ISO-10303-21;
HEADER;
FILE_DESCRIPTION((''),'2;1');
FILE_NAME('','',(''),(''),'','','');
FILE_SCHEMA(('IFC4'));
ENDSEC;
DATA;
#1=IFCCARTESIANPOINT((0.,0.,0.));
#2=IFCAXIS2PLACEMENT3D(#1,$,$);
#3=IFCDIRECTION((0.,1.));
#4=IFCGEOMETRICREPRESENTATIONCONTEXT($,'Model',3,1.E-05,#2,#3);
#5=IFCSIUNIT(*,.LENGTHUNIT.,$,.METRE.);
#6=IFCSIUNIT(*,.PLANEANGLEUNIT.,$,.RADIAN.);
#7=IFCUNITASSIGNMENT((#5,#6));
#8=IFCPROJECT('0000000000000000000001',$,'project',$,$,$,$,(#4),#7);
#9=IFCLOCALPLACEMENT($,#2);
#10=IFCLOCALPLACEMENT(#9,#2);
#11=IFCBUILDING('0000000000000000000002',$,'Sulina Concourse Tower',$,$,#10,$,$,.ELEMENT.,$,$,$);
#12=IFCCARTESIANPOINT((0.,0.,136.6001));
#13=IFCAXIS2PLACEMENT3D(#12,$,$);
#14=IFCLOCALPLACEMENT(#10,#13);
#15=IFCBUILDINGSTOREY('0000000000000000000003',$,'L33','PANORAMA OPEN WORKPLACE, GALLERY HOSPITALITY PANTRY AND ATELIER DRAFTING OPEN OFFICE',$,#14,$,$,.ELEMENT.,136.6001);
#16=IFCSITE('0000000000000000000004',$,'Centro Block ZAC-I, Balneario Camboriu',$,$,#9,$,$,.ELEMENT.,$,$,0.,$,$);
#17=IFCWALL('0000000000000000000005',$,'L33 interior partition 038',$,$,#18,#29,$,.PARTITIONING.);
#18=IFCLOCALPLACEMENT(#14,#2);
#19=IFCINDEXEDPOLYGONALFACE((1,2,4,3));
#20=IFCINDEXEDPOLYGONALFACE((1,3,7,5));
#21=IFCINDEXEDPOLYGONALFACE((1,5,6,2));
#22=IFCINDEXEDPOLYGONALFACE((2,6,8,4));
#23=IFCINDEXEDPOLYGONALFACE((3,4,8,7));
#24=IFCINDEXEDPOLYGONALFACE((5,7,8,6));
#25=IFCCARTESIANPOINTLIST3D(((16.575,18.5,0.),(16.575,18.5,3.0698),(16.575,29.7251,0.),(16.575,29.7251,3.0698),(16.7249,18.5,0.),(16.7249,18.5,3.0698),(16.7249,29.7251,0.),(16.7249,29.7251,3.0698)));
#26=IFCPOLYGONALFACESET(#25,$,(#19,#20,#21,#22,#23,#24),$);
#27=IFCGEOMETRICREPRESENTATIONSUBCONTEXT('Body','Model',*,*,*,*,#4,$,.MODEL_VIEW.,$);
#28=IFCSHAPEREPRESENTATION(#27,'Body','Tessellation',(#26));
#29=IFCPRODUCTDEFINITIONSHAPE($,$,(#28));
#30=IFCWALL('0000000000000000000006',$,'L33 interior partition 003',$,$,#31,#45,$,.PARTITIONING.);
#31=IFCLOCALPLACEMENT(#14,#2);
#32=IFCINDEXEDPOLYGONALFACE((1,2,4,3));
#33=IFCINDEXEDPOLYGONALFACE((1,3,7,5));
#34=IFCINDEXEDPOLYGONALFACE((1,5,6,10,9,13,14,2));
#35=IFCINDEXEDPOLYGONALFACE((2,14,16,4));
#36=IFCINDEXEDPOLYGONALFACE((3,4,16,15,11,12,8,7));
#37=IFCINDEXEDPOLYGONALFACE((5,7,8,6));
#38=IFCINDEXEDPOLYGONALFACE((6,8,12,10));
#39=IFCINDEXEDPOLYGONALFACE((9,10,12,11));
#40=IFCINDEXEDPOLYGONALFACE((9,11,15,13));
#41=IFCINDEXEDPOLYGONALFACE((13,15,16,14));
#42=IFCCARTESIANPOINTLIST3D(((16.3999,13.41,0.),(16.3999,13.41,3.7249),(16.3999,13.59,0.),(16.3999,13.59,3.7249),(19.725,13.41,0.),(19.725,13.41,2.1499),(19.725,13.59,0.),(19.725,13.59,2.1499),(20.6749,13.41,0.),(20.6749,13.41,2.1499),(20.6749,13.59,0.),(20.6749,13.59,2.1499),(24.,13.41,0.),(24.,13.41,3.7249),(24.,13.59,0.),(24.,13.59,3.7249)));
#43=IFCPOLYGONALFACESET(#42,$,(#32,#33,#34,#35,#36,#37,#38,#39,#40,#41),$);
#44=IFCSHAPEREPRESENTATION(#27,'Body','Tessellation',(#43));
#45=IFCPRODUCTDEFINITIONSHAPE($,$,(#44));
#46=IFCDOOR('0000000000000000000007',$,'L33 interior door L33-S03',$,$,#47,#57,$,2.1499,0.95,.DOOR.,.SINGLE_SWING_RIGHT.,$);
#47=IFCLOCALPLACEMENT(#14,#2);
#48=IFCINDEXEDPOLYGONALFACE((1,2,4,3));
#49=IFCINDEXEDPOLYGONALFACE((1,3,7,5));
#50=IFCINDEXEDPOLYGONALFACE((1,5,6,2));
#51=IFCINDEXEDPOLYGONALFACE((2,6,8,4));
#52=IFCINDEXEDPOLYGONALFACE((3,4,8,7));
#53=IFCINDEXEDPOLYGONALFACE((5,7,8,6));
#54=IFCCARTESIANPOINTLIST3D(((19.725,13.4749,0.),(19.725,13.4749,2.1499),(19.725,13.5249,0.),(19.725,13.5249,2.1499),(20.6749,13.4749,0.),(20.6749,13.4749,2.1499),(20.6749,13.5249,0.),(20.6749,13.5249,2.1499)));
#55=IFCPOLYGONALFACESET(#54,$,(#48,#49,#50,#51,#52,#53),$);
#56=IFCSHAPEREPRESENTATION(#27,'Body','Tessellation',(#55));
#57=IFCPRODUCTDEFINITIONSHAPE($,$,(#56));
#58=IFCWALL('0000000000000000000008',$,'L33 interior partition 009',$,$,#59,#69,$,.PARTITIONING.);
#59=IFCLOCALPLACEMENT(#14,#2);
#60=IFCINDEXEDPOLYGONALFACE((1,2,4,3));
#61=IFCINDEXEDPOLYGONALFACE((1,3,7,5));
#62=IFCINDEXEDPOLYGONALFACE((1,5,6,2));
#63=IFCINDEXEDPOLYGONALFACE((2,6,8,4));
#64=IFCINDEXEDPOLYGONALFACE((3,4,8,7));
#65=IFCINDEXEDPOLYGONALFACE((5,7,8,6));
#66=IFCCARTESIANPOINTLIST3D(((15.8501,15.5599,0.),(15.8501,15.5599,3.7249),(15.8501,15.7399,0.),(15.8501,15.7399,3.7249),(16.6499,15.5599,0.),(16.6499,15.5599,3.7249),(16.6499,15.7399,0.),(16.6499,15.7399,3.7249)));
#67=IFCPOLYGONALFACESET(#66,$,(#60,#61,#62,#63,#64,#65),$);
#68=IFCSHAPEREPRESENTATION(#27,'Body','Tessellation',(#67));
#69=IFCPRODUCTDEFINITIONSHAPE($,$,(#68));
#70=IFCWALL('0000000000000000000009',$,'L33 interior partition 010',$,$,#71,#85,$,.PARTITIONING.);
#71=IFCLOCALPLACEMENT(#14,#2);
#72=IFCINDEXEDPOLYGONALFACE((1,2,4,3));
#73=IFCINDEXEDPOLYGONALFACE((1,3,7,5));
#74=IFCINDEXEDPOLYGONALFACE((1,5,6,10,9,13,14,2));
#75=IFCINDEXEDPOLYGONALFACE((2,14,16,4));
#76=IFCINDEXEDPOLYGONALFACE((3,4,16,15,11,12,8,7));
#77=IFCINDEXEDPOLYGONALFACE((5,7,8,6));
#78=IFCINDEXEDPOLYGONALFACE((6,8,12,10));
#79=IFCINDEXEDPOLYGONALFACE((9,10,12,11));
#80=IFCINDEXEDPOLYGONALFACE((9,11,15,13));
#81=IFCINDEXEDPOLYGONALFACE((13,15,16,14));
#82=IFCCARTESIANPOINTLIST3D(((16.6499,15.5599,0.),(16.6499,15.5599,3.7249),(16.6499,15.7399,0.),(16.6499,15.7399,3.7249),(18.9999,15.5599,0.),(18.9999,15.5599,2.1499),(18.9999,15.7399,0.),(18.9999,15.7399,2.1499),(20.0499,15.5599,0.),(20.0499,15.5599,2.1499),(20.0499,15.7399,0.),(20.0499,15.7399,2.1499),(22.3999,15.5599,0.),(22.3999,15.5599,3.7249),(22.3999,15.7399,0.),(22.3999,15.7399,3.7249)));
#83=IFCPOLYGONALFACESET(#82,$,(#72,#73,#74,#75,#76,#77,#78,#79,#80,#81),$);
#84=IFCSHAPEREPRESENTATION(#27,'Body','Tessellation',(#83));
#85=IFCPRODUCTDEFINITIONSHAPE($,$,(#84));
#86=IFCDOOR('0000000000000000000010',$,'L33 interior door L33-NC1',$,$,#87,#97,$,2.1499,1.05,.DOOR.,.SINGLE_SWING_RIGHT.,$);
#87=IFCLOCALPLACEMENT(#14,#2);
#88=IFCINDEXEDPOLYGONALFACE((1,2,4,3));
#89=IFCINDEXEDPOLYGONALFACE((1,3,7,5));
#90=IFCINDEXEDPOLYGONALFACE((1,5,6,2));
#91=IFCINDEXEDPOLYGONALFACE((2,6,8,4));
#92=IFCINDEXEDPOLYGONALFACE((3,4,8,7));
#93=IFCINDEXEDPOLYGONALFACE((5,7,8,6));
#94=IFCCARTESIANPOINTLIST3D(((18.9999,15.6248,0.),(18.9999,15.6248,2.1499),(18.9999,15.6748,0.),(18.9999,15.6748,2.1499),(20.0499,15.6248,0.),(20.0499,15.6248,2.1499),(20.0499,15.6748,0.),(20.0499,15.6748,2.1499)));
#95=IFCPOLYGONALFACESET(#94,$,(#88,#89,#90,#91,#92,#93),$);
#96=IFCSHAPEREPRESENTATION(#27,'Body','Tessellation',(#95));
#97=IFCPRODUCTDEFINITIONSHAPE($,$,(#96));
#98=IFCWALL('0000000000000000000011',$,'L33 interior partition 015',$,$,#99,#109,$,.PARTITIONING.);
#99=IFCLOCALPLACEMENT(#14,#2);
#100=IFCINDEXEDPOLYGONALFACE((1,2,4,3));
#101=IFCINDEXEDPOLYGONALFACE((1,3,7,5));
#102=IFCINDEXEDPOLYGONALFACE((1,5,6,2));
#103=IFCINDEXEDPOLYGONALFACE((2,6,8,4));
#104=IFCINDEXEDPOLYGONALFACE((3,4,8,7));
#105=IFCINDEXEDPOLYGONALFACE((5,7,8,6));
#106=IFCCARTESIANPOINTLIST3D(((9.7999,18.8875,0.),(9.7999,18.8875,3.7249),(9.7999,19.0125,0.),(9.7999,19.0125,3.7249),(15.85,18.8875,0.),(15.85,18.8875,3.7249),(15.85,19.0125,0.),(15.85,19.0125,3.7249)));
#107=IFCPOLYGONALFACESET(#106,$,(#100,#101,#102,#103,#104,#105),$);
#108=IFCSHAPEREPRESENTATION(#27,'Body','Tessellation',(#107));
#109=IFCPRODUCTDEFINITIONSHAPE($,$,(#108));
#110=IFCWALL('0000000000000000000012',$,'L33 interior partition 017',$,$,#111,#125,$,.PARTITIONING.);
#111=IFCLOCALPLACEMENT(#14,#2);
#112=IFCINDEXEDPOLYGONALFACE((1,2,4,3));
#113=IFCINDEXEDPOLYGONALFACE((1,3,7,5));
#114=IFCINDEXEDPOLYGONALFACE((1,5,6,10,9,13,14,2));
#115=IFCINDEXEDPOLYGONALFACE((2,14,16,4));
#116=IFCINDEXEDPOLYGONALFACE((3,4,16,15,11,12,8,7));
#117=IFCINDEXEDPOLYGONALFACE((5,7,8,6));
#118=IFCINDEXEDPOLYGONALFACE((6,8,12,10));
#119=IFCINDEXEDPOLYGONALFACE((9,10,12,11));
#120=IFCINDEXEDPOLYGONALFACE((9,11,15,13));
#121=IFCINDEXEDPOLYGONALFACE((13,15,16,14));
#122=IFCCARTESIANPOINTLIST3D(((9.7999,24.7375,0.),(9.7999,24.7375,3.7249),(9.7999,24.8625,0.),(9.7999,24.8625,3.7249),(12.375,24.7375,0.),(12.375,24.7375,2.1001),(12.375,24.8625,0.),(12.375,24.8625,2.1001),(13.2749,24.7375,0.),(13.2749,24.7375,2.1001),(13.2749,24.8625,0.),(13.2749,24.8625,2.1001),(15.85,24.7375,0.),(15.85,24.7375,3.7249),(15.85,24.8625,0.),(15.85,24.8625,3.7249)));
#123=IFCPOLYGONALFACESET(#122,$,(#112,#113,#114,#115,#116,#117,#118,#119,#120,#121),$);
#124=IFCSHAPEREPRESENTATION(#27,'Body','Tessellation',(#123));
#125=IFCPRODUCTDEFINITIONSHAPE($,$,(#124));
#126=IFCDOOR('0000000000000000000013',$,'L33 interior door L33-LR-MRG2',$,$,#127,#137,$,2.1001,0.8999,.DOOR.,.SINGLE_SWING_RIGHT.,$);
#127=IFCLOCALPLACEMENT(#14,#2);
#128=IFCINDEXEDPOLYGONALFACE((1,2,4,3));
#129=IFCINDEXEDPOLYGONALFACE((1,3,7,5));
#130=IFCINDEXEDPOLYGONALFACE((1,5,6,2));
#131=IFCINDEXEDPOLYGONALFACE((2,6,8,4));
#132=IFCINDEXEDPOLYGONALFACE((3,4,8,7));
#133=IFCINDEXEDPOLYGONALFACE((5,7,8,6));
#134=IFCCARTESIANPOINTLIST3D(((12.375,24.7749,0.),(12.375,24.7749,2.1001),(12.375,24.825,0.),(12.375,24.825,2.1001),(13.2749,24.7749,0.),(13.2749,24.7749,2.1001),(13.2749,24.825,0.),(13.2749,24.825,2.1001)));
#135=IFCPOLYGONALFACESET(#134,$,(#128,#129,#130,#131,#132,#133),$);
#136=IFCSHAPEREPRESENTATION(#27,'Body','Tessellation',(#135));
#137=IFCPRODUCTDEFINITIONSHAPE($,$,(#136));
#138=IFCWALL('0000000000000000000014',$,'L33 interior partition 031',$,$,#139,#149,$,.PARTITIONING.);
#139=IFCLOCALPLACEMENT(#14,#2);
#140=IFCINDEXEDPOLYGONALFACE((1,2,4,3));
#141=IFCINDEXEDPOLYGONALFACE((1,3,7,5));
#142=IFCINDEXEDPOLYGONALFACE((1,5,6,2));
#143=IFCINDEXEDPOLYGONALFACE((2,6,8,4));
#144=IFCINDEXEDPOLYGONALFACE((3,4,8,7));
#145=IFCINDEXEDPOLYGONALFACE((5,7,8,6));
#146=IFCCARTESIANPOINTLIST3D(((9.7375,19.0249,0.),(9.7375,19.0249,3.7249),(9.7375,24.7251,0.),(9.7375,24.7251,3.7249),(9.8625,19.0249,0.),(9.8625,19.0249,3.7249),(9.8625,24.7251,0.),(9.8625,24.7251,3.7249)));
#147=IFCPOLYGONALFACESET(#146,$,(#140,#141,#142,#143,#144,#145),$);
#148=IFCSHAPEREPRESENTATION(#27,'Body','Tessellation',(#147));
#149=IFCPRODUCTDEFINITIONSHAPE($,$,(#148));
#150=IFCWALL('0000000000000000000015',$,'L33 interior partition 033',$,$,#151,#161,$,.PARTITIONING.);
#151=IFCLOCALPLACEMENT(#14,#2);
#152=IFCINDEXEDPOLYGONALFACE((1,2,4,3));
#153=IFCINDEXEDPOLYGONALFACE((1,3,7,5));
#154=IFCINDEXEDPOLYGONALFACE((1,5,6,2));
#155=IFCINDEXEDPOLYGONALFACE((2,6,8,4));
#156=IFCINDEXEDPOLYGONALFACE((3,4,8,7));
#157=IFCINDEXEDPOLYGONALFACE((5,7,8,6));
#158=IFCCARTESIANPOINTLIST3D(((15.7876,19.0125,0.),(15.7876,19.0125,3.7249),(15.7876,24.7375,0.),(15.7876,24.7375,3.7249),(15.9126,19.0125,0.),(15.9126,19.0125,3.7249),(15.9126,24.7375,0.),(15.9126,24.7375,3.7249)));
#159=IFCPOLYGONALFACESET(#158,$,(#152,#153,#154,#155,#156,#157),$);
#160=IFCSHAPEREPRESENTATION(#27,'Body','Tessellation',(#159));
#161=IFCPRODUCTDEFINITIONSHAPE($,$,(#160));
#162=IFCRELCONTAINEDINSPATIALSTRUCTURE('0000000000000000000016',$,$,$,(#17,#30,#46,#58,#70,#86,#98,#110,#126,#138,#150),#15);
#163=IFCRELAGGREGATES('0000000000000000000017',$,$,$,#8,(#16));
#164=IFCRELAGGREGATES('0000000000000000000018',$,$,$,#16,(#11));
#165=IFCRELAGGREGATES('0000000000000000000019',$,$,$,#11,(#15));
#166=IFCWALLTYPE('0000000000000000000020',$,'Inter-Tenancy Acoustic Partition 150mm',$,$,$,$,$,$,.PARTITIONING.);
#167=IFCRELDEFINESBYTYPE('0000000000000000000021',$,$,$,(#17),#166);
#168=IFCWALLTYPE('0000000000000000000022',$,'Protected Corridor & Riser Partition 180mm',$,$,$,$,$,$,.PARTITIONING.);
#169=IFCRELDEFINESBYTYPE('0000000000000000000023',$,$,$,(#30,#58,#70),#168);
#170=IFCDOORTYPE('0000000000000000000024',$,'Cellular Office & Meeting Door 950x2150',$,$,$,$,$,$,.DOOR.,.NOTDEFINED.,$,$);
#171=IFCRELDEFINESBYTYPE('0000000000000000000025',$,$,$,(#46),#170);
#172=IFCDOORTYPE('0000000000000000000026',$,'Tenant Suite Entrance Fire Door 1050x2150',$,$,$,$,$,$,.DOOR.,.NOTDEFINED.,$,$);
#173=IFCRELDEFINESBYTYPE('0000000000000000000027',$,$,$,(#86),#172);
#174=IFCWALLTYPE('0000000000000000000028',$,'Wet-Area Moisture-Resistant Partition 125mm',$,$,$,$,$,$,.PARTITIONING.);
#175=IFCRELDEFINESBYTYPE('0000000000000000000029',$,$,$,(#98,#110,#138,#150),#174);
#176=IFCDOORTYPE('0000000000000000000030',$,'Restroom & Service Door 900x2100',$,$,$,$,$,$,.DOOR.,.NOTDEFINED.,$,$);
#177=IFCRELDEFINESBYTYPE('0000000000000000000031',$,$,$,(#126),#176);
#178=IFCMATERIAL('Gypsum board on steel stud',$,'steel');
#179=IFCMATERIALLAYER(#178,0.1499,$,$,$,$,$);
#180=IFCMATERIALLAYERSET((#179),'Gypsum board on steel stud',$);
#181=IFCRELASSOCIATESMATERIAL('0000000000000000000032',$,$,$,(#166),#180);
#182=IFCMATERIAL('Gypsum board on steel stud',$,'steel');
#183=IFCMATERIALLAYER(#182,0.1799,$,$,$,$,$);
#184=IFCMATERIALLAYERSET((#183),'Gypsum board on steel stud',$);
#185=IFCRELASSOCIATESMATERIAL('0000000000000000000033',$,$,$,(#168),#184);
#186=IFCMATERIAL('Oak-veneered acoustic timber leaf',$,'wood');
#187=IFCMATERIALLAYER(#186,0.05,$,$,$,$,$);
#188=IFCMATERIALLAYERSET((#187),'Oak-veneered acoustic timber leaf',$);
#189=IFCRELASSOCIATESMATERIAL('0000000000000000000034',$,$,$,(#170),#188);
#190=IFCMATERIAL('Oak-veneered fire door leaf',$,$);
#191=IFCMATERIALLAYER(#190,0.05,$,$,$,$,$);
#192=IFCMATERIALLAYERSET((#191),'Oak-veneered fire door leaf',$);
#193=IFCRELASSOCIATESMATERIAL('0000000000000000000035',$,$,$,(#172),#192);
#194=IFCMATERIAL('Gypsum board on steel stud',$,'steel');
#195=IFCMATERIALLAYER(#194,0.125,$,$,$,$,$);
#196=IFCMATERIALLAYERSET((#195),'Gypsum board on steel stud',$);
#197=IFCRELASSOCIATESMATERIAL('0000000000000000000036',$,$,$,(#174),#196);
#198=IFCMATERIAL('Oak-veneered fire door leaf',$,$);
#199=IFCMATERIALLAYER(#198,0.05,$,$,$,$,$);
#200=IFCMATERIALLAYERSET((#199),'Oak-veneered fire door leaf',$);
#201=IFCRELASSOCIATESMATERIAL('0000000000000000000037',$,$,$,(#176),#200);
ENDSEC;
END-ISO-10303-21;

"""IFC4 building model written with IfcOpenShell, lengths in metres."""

from ifc_helpers import new_model, si_unit, direction, frame, frame_2d, origin, place, context, subcontext, project, spatial, rectangle, extrude, material, layer, layer_set, type_object, element, fill, save


model = new_model("IFC4")

# Units and contexts
model_context = context("Model", 3, precision=1e-05, world=origin(), true_north=direction((0.0, 1.0)))
body_context = subcontext(model_context, "Body", "Model", "MODEL_VIEW")
ifc_project = project(units=[si_unit("LENGTHUNIT", "METRE"), si_unit("PLANEANGLEUNIT", "RADIAN")], contexts=[model_context])

# Site, building, storey
site_placement = place(None, origin())
site = spatial("IfcSite", under=ifc_project, at=site_placement, Name="Centro Block ZAC-I, Balneario Camboriu", CompositionType="ELEMENT", RefElevation=0.0)
building_placement = place(site_placement, origin())
building = spatial("IfcBuilding", under=site, at=building_placement, Name="Sulina Concourse Tower", CompositionType="ELEMENT")
storey_placement = place(building_placement, frame((0.0, 0.0, 136.6001)))
storey = spatial("IfcBuildingStorey", under=building, at=storey_placement, Name="L33", Description="PANORAMA OPEN WORKPLACE, GALLERY HOSPITALITY PANTRY AND ATELIER DRAFTING OPEN OFFICE", CompositionType="ELEMENT", Elevation=136.6001)

# Wall
ifc_material_1 = material(Name="Gypsum board on steel stud", Category="steel")
ifc_layer_1 = layer(ifc_material_1, 0.1499)
ifc_layer_set_1 = layer_set([ifc_layer_1], Name="Gypsum board on steel stud")
wall_type_1 = type_object("IfcWallType", Name="Inter-Tenancy Acoustic Partition 150mm", PredefinedType="PARTITIONING", material=ifc_layer_set_1)
wall_1_placement = place(storey_placement, frame((16.6499, 18.5, 0.0), z_axis=(0.0, 0.0, 1.0), x_axis=(0.0, 1.0, 0.0)))
element("IfcWall", 1, at=wall_1_placement, inside=storey, type_object=wall_type_1, Name="L33 interior partition 038", PredefinedType="PARTITIONING", context=body_context, shape_type="SweptSolid", body=[
    extrude(rectangle(XDim=11.2251, YDim=0.1499, at=frame_2d((5.6125, 0.0))), origin(), (0.0, 0.0, 1.0), 3.0698),
])

# Wall, opening, door
ifc_material_2 = material(Name="Gypsum board on steel stud", Category="steel")
ifc_layer_2 = layer(ifc_material_2, 0.1799)
ifc_layer_set_2 = layer_set([ifc_layer_2], Name="Gypsum board on steel stud")
wall_type_2 = type_object("IfcWallType", Name="Protected Corridor & Riser Partition 180mm", PredefinedType="PARTITIONING", material=ifc_layer_set_2)
wall_2_placement = place(storey_placement, frame((16.3999, 13.5, 0.0), z_axis=(0.0, 0.0, 1.0), x_axis=(1.0, 0.0, 0.0)))
wall_2 = element("IfcWall", 2, at=wall_2_placement, inside=storey, type_object=wall_type_2, Name="L33 interior partition 003", PredefinedType="PARTITIONING", context=body_context, shape_type="SweptSolid", body=[
    extrude(rectangle(XDim=7.6001, YDim=0.1799, at=frame_2d((3.8, 0.0))), origin(), (0.0, 0.0, 1.0), 3.7249),
])
opening_1_placement = place(wall_2_placement, frame((3.325, 0.0, 0.0)))
opening_1 = element("IfcOpeningElement", 3, at=opening_1_placement, cuts=wall_2, PredefinedType="OPENING", context=body_context, shape_type="SweptSolid", body=[
    extrude(rectangle(XDim=0.95, YDim=2.1499, at=frame_2d((0.4751, 1.075))), frame((0.0, 0.0999, 0.0), z_axis=(0.0, -1.0, 0.0), x_axis=(1.0, 0.0, 0.0)), (0.0, 0.0, 1.0), 0.2),
])
ifc_material_3 = material(Name="Oak-veneered acoustic timber leaf", Category="wood")
ifc_layer_3 = layer(ifc_material_3, 0.05)
ifc_layer_set_3 = layer_set([ifc_layer_3], Name="Oak-veneered acoustic timber leaf")
door_type_1 = type_object("IfcDoorType", Name="Cellular Office & Meeting Door 950x2150", OperationType="NOTDEFINED", PredefinedType="DOOR", material=ifc_layer_set_3)
door_1_placement = place(opening_1_placement, origin())
door_1 = element("IfcDoor", 4, at=door_1_placement, inside=storey, type_object=door_type_1, Name="L33 interior door L33-S03", OperationType="SINGLE_SWING_RIGHT", OverallHeight=2.1499, OverallWidth=0.95, PredefinedType="DOOR", context=body_context, shape_type="SweptSolid", body=[
    extrude(rectangle(XDim=0.95, YDim=2.1499, at=frame_2d((0.4751, 1.075))), frame((0.0, 0.0249, 0.0), z_axis=(0.0, -1.0, 0.0), x_axis=(1.0, 0.0, 0.0)), (0.0, 0.0, 1.0), 0.05),
])
fill(opening_1, door_1)

# Wall
wall_3_placement = place(storey_placement, frame((15.8501, 15.6499, 0.0), z_axis=(0.0, 0.0, 1.0), x_axis=(1.0, 0.0, 0.0)))
element("IfcWall", 5, at=wall_3_placement, inside=storey, type_object=wall_type_2, Name="L33 interior partition 009", PredefinedType="PARTITIONING", context=body_context, shape_type="SweptSolid", body=[
    extrude(rectangle(XDim=0.7998, YDim=0.1799, at=frame_2d((0.3999, 0.0))), origin(), (0.0, 0.0, 1.0), 3.7249),
])

# Wall, opening, door
wall_4_placement = place(storey_placement, frame((16.6499, 15.6499, 0.0), z_axis=(0.0, 0.0, 1.0), x_axis=(1.0, 0.0, 0.0)))
wall_4 = element("IfcWall", 6, at=wall_4_placement, inside=storey, type_object=wall_type_2, Name="L33 interior partition 010", PredefinedType="PARTITIONING", context=body_context, shape_type="SweptSolid", body=[
    extrude(rectangle(XDim=5.75, YDim=0.1799, at=frame_2d((2.875, 0.0))), origin(), (0.0, 0.0, 1.0), 3.7249),
])
opening_2_placement = place(wall_4_placement, frame((2.3501, 0.0, 0.0)))
opening_2 = element("IfcOpeningElement", 7, at=opening_2_placement, cuts=wall_4, PredefinedType="OPENING", context=body_context, shape_type="SweptSolid", body=[
    extrude(rectangle(XDim=1.05, YDim=2.1499, at=frame_2d((0.5249, 1.075))), frame((0.0, 0.0999, 0.0), z_axis=(0.0, -1.0, 0.0), x_axis=(1.0, 0.0, 0.0)), (0.0, 0.0, 1.0), 0.2),
])
ifc_material_4 = material(Name="Oak-veneered fire door leaf")
ifc_layer_4 = layer(ifc_material_4, 0.05)
ifc_layer_set_4 = layer_set([ifc_layer_4], Name="Oak-veneered fire door leaf")
door_type_2 = type_object("IfcDoorType", Name="Tenant Suite Entrance Fire Door 1050x2150", OperationType="NOTDEFINED", PredefinedType="DOOR", material=ifc_layer_set_4)
door_2_placement = place(opening_2_placement, origin())
door_2 = element("IfcDoor", 8, at=door_2_placement, inside=storey, type_object=door_type_2, Name="L33 interior door L33-NC1", OperationType="SINGLE_SWING_RIGHT", OverallHeight=2.1499, OverallWidth=1.05, PredefinedType="DOOR", context=body_context, shape_type="SweptSolid", body=[
    extrude(rectangle(XDim=1.05, YDim=2.1499, at=frame_2d((0.5249, 1.075))), frame((0.0, 0.0249, 0.0), z_axis=(0.0, -1.0, 0.0), x_axis=(1.0, 0.0, 0.0)), (0.0, 0.0, 1.0), 0.05),
])
fill(opening_2, door_2)

# Wall
ifc_material_5 = material(Name="Gypsum board on steel stud", Category="steel")
ifc_layer_5 = layer(ifc_material_5, 0.125)
ifc_layer_set_5 = layer_set([ifc_layer_5], Name="Gypsum board on steel stud")
wall_type_3 = type_object("IfcWallType", Name="Wet-Area Moisture-Resistant Partition 125mm", PredefinedType="PARTITIONING", material=ifc_layer_set_5)
wall_5_placement = place(storey_placement, frame((9.8, 18.95, 0.0), z_axis=(0.0, 0.0, 1.0), x_axis=(1.0, 0.0, 0.0)))
element("IfcWall", 9, at=wall_5_placement, inside=storey, type_object=wall_type_3, Name="L33 interior partition 015", PredefinedType="PARTITIONING", context=body_context, shape_type="SweptSolid", body=[
    extrude(rectangle(XDim=6.05, YDim=0.125, at=frame_2d((3.0249, 0.0))), origin(), (0.0, 0.0, 1.0), 3.7249),
])

# Wall, opening, door
wall_6_placement = place(storey_placement, frame((9.8, 24.8, 0.0), z_axis=(0.0, 0.0, 1.0), x_axis=(1.0, 0.0, 0.0)))
wall_6 = element("IfcWall", 10, at=wall_6_placement, inside=storey, type_object=wall_type_3, Name="L33 interior partition 017", PredefinedType="PARTITIONING", context=body_context, shape_type="SweptSolid", body=[
    extrude(rectangle(XDim=6.05, YDim=0.125, at=frame_2d((3.0249, 0.0))), origin(), (0.0, 0.0, 1.0), 3.7249),
])
opening_3_placement = place(wall_6_placement, frame((2.575, 0.0, 0.0)))
opening_3 = element("IfcOpeningElement", 11, at=opening_3_placement, cuts=wall_6, PredefinedType="OPENING", context=body_context, shape_type="SweptSolid", body=[
    extrude(rectangle(XDim=0.8999, YDim=2.1001, at=frame_2d((0.45, 1.05))), frame((0.0, 0.0725, 0.0), z_axis=(0.0, -1.0, 0.0), x_axis=(1.0, 0.0, 0.0)), (0.0, 0.0, 1.0), 0.145),
])
ifc_material_6 = material(Name="Oak-veneered fire door leaf")
ifc_layer_6 = layer(ifc_material_6, 0.05)
ifc_layer_set_6 = layer_set([ifc_layer_6], Name="Oak-veneered fire door leaf")
door_type_3 = type_object("IfcDoorType", Name="Restroom & Service Door 900x2100", OperationType="NOTDEFINED", PredefinedType="DOOR", material=ifc_layer_set_6)
door_3_placement = place(opening_3_placement, origin())
door_3 = element("IfcDoor", 12, at=door_3_placement, inside=storey, type_object=door_type_3, Name="L33 interior door L33-LR-MRG2", OperationType="SINGLE_SWING_RIGHT", OverallHeight=2.1001, OverallWidth=0.8999, PredefinedType="DOOR", context=body_context, shape_type="SweptSolid", body=[
    extrude(rectangle(XDim=0.8999, YDim=2.1001, at=frame_2d((0.45, 1.05))), frame((0.0, 0.0249, 0.0), z_axis=(0.0, -1.0, 0.0), x_axis=(1.0, 0.0, 0.0)), (0.0, 0.0, 1.0), 0.05),
])
fill(opening_3, door_3)

# Walls
wall_7_placement = place(storey_placement, frame((9.8, 19.0249, 0.0), z_axis=(0.0, 0.0, 1.0), x_axis=(0.0, 1.0, 0.0)))
element("IfcWall", 13, at=wall_7_placement, inside=storey, type_object=wall_type_3, Name="L33 interior partition 031", PredefinedType="PARTITIONING", context=body_context, shape_type="SweptSolid", body=[
    extrude(rectangle(XDim=5.7002, YDim=0.125, at=frame_2d((2.8501, 0.0))), origin(), (0.0, 0.0, 1.0), 3.7249),
])
wall_8_placement = place(storey_placement, frame((15.8501, 19.0125, 0.0), z_axis=(0.0, 0.0, 1.0), x_axis=(0.0, 1.0, 0.0)))
element("IfcWall", 14, at=wall_8_placement, inside=storey, type_object=wall_type_3, Name="L33 interior partition 033", PredefinedType="PARTITIONING", context=body_context, shape_type="SweptSolid", body=[
    extrude(rectangle(XDim=5.7251, YDim=0.125, at=frame_2d((2.8625, 0.0))), origin(), (0.0, 0.0, 1.0), 3.7249),
])

save(model, "model.ifc")
